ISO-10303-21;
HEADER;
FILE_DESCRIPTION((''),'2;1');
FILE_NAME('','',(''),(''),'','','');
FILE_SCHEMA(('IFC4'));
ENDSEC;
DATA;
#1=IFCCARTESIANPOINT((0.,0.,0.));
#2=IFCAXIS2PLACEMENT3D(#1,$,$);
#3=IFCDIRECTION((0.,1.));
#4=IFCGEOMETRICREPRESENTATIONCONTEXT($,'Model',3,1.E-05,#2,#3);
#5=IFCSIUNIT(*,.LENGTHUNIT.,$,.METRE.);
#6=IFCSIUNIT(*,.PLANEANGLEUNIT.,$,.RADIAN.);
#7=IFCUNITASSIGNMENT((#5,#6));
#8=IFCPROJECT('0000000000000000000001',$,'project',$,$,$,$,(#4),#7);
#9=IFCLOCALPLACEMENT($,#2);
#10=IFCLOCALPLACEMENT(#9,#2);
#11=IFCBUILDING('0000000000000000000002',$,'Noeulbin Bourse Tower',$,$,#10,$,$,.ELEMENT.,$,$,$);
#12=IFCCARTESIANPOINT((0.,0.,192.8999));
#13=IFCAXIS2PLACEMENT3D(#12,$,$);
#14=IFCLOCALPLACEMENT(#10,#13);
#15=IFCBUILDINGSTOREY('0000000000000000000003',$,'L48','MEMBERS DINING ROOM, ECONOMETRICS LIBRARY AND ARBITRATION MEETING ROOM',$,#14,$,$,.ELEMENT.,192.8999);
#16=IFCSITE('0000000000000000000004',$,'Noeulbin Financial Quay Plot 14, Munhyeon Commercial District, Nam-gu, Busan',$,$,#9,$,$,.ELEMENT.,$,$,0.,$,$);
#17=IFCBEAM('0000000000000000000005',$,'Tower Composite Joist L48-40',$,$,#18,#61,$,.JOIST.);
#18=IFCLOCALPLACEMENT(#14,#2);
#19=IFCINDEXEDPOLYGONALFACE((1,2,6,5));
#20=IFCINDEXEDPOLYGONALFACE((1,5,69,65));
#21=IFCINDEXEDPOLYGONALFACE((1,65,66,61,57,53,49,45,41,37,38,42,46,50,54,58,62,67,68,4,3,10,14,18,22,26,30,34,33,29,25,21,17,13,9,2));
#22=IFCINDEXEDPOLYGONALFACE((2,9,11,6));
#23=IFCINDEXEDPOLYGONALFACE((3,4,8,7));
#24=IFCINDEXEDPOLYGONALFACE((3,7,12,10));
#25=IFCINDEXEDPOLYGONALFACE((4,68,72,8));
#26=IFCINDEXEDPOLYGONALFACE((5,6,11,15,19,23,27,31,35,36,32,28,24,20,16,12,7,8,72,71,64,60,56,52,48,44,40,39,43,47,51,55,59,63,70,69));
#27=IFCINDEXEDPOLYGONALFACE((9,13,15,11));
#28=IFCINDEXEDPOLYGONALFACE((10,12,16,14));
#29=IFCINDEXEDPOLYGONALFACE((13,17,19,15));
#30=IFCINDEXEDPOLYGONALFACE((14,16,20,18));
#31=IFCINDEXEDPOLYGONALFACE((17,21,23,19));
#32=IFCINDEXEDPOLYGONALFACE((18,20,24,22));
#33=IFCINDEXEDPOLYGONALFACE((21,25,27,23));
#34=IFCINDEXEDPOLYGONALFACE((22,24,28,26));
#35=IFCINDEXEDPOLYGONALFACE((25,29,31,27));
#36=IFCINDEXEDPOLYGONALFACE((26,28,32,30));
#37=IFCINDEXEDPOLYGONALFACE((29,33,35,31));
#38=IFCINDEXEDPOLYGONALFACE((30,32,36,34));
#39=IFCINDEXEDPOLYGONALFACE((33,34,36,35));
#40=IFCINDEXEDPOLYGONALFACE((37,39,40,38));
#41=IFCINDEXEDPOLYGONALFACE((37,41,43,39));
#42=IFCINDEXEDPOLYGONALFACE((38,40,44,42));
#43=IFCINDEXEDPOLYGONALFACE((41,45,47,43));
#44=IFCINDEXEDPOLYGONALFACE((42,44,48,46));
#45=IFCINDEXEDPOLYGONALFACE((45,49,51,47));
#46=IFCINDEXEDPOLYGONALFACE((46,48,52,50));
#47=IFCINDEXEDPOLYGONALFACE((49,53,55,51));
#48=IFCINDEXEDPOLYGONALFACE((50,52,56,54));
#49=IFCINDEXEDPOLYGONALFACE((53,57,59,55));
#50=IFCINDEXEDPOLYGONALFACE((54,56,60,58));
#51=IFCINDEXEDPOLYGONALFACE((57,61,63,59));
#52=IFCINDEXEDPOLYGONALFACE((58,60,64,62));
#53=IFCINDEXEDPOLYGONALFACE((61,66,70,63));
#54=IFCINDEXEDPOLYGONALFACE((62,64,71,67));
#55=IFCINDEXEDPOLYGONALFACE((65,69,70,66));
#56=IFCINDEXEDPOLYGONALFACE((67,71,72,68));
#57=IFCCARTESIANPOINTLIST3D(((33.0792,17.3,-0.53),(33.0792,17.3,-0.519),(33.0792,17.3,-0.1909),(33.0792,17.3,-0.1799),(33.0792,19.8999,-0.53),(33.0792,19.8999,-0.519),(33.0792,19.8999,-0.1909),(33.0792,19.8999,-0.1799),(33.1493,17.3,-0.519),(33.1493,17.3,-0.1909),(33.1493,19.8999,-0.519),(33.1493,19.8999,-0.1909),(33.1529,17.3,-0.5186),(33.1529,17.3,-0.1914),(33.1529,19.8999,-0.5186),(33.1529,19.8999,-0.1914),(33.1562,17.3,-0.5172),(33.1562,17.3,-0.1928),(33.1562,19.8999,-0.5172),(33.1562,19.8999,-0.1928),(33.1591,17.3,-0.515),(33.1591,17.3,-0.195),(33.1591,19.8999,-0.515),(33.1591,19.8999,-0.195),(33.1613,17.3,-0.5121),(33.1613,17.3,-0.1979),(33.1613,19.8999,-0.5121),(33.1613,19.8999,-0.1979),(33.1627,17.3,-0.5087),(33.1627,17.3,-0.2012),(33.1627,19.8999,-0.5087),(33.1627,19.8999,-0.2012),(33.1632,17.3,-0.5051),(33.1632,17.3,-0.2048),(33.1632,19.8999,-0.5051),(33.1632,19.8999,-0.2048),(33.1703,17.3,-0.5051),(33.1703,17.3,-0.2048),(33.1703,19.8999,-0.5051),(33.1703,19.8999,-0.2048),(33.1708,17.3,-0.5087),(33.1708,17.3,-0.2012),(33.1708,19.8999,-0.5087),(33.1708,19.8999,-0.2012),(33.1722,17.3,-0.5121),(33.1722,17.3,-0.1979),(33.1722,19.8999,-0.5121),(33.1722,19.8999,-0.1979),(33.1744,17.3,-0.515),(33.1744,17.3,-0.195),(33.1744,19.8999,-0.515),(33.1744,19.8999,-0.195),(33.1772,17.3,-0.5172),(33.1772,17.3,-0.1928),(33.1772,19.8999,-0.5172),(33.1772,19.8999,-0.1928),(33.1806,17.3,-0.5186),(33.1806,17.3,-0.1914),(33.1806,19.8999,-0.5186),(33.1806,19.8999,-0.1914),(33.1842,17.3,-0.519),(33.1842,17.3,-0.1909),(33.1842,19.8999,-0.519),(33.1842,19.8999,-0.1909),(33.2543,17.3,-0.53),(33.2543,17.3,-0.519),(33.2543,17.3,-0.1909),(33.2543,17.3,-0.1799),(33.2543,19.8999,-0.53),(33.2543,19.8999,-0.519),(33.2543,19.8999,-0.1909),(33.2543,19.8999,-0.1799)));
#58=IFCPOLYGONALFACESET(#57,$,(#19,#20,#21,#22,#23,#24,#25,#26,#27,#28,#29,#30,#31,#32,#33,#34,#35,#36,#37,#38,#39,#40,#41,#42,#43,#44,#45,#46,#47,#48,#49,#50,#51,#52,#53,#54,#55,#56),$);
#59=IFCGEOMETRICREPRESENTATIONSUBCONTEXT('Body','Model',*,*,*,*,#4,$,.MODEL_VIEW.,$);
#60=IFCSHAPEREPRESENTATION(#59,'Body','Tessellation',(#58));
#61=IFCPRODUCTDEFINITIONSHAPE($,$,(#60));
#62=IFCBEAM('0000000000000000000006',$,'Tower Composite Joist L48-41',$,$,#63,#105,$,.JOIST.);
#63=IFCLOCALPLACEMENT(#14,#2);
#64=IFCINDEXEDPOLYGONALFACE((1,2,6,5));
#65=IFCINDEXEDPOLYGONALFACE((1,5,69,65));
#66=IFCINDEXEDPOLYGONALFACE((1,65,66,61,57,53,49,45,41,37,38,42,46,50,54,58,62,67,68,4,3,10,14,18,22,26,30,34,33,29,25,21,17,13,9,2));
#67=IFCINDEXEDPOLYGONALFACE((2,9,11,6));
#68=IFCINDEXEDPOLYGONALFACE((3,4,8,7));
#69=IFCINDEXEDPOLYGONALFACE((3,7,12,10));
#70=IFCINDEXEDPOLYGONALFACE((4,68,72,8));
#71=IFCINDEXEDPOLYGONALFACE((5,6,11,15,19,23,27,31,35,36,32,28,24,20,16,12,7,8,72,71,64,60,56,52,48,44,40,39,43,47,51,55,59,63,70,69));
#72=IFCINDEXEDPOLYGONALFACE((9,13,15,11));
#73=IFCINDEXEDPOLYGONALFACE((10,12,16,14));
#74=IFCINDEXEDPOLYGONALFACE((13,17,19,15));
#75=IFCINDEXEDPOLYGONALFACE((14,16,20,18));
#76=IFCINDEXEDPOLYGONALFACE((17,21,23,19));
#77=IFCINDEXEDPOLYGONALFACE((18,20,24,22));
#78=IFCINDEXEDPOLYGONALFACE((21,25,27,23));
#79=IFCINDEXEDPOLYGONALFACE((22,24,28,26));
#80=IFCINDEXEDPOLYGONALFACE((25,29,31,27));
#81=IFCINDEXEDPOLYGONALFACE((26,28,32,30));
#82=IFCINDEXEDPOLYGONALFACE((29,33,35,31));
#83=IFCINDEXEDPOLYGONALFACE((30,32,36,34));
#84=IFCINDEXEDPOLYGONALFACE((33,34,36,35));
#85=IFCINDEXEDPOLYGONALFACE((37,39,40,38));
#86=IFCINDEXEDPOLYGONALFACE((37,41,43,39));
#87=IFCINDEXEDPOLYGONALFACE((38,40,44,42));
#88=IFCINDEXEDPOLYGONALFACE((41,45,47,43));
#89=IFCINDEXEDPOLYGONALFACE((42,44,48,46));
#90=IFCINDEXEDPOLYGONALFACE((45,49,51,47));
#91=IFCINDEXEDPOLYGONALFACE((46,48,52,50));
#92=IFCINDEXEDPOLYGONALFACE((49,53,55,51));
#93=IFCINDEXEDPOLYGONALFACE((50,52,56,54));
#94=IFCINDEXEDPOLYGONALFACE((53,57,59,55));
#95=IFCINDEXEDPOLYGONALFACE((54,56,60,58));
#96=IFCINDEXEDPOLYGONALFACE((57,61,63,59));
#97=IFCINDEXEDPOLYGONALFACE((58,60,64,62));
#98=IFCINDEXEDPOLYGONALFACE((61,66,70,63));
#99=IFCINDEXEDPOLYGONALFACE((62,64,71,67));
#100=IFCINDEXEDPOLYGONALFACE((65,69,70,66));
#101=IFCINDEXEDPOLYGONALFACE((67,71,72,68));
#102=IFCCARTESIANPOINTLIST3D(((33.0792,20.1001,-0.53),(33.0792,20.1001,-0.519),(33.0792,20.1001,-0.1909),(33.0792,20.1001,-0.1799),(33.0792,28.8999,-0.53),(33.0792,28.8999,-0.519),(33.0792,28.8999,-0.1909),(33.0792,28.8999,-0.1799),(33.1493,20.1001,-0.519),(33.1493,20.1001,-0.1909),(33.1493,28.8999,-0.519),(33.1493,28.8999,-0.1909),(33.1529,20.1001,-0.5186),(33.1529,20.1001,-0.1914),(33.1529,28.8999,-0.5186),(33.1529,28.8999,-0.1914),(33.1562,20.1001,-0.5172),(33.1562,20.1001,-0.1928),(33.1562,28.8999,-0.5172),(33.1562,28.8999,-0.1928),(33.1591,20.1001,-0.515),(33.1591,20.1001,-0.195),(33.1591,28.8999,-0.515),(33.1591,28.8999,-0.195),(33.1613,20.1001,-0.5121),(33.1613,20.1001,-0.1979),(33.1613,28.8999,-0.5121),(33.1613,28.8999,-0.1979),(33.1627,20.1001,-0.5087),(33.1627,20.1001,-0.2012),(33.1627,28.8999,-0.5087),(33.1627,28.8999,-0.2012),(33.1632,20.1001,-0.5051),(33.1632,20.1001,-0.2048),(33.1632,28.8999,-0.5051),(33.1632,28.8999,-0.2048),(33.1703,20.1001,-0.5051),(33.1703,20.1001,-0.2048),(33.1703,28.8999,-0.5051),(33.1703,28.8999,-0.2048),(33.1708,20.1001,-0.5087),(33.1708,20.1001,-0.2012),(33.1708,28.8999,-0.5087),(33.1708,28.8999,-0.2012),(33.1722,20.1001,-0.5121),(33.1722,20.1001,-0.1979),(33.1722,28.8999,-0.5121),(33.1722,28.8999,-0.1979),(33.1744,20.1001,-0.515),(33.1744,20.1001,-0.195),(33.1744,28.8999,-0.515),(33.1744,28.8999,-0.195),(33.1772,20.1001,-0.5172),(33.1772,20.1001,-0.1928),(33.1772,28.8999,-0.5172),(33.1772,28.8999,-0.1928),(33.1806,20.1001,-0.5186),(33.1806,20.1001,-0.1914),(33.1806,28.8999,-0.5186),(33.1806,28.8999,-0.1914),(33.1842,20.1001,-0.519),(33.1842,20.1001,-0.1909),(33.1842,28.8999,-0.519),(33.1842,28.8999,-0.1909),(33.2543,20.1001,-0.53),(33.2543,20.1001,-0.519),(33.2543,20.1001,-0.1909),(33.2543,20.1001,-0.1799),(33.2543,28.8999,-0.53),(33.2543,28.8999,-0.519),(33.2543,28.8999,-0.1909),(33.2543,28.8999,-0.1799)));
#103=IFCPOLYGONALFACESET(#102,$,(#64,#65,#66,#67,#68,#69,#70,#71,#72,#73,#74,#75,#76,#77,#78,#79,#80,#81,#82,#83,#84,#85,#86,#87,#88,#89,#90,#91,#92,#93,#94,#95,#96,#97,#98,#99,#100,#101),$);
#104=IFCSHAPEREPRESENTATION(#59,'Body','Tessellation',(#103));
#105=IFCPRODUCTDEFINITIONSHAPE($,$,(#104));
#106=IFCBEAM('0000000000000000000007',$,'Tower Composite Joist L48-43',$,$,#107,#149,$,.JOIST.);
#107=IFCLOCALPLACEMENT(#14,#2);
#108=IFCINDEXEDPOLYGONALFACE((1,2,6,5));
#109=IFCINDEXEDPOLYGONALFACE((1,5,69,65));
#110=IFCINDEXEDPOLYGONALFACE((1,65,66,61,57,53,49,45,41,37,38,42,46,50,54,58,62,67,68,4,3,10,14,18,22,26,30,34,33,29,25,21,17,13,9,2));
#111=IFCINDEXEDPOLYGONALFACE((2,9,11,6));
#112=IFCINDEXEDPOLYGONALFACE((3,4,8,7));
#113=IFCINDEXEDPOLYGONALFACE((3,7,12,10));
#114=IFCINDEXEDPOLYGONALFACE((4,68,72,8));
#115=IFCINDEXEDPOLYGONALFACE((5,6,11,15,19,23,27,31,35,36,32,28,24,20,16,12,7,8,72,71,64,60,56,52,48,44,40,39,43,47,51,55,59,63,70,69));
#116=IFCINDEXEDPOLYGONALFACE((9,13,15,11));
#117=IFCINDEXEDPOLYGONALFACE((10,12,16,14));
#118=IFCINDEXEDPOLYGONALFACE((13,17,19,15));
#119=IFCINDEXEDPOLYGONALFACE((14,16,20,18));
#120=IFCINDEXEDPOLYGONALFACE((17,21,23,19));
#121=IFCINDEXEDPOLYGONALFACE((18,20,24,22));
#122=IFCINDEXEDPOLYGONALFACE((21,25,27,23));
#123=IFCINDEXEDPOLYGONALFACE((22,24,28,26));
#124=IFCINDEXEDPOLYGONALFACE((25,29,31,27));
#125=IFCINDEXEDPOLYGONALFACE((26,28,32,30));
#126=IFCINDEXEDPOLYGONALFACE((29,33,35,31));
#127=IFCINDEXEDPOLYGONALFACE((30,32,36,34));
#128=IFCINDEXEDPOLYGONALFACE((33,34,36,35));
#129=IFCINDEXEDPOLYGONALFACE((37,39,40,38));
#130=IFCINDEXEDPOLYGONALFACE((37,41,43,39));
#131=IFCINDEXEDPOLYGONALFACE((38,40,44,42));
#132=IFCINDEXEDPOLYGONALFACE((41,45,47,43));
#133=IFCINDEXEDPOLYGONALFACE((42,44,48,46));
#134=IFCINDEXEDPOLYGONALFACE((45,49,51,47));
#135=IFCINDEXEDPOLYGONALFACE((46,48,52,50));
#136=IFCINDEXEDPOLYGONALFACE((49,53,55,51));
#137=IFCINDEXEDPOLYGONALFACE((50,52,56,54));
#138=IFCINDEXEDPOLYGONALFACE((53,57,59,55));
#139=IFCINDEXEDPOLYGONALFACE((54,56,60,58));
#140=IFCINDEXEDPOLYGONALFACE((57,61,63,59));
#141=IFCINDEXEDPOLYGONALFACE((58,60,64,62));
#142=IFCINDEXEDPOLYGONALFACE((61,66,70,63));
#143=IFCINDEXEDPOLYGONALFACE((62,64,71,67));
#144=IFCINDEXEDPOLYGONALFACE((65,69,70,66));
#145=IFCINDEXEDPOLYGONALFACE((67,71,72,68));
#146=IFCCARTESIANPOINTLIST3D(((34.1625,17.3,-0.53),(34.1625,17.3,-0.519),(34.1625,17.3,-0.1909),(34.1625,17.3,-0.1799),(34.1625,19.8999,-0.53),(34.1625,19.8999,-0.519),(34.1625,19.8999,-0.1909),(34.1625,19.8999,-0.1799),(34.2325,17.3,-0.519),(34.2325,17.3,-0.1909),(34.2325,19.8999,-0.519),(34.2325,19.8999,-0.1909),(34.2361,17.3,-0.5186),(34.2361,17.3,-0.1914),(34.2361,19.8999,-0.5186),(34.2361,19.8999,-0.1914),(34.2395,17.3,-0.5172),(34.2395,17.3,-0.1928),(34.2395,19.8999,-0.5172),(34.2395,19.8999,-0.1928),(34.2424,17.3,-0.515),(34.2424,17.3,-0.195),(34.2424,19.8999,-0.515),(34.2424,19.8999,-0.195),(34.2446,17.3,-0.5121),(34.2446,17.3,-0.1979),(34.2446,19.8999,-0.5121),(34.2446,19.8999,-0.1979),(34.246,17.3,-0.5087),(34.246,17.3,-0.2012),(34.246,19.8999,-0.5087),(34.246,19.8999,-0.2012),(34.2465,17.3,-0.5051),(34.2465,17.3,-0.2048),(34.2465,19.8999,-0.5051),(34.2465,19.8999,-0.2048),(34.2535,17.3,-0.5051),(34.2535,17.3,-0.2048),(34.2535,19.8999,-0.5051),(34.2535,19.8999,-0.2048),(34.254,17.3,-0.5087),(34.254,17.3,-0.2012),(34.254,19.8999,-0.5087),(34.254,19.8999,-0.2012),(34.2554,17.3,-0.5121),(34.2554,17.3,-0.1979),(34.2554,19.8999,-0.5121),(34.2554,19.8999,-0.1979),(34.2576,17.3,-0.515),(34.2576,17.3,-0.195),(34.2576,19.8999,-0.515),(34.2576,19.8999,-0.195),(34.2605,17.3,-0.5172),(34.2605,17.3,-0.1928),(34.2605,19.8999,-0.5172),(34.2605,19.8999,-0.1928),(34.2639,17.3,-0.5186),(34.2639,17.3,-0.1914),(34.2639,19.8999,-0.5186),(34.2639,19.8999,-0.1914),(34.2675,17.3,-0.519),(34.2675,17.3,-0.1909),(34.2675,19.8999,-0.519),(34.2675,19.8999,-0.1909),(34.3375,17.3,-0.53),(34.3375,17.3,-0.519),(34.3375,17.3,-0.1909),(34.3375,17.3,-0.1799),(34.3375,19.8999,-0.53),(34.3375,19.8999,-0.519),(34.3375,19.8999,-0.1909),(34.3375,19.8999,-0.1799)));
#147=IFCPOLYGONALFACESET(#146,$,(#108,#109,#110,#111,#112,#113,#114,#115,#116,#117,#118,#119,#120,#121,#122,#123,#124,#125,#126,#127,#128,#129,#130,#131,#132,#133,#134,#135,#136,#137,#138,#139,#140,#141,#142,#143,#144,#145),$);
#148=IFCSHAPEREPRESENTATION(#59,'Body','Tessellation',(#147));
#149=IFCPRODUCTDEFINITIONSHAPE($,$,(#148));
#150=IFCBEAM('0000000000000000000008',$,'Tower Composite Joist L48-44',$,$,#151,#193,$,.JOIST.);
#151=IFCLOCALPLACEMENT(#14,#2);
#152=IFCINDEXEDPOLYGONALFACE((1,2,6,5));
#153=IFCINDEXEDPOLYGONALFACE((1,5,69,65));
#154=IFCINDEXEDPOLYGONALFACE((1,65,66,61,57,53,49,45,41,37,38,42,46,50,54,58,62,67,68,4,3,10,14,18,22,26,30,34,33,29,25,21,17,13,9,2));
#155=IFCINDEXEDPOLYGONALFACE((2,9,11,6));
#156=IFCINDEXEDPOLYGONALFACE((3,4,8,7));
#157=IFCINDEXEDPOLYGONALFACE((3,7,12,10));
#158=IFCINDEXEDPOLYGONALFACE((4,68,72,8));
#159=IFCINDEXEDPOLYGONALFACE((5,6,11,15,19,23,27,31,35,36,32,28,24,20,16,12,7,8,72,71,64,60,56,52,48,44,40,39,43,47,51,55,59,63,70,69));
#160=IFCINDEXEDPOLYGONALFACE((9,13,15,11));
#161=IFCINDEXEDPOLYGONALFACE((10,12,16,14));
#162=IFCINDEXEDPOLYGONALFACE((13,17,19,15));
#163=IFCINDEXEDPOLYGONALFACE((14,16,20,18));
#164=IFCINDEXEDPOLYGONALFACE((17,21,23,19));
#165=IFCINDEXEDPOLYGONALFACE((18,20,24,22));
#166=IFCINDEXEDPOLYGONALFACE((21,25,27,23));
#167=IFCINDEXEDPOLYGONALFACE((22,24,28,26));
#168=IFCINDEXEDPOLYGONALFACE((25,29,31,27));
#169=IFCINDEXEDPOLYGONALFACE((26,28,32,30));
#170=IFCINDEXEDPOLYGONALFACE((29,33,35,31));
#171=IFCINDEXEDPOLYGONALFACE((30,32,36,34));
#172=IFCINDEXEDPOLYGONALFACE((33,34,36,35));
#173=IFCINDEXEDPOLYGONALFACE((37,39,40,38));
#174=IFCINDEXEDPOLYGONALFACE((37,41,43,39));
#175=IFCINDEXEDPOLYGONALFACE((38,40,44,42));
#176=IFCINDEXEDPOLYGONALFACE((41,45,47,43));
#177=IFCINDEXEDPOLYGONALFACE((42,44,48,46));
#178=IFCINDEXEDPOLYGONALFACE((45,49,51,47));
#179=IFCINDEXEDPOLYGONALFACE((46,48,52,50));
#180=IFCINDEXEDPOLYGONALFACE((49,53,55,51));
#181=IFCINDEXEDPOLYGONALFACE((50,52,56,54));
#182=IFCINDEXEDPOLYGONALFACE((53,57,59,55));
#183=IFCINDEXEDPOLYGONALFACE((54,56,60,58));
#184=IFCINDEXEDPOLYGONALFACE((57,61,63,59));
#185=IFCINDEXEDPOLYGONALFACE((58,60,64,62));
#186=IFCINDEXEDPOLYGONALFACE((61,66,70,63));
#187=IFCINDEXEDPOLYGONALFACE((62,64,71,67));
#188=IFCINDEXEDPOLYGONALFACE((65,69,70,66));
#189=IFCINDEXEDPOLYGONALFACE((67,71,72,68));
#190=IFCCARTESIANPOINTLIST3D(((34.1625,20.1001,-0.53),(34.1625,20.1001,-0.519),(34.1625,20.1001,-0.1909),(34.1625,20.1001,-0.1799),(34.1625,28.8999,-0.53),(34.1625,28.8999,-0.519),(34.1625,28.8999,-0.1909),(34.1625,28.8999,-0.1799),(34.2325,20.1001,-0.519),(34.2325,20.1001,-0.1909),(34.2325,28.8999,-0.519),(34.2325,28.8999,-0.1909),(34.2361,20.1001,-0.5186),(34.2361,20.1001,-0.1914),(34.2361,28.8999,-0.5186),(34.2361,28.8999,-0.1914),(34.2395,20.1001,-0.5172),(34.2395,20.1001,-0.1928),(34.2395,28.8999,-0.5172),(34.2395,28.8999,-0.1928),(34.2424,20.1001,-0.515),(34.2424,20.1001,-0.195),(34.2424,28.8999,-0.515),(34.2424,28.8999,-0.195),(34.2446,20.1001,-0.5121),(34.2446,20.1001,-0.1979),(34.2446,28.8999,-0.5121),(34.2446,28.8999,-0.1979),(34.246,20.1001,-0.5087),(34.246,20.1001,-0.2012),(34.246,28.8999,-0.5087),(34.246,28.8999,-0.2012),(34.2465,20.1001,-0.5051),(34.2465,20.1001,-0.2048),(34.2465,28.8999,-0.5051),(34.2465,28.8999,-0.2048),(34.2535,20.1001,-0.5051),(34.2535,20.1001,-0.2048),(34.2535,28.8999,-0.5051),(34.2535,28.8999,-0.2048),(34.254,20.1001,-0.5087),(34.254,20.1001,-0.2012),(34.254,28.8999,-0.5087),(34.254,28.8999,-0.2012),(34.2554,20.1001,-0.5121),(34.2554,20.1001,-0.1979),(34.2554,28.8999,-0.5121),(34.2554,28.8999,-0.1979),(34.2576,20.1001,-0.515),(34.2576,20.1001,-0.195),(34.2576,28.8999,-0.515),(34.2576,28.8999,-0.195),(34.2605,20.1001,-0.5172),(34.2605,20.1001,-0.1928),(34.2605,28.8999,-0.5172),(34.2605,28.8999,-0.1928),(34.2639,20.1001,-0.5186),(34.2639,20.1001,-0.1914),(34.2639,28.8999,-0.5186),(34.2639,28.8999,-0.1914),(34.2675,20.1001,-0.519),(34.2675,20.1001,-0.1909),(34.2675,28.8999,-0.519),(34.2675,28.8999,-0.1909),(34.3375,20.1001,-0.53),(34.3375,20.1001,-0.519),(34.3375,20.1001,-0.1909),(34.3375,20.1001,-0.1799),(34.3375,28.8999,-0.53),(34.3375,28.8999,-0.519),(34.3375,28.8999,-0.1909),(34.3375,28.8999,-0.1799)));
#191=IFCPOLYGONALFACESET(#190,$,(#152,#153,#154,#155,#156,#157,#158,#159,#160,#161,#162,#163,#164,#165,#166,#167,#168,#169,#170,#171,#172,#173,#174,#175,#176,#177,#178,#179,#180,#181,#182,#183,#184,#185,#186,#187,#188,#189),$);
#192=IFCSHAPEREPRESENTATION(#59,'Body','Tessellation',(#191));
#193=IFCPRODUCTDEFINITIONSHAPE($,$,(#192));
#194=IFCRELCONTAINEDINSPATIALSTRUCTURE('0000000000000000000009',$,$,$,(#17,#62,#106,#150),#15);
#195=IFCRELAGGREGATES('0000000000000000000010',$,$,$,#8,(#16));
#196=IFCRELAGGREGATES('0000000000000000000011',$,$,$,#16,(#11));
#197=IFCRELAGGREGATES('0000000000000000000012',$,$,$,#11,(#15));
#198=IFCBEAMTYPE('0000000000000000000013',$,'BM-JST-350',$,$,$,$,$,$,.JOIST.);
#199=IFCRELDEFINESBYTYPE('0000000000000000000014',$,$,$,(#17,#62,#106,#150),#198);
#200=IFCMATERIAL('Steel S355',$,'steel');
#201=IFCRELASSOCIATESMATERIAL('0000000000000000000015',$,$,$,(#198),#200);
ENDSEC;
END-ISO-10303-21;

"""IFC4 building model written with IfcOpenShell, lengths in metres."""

from ifc_helpers import new_model, si_unit, direction, frame, origin, origin_2d, place, context, subcontext, project, spatial, i_section, extrude, material, material_profile, profile_set, type_object, element, save


model = new_model("IFC4")

# Units and contexts
model_context = context("Model", 3, precision=1e-05, world=origin(), true_north=direction((0.0, 1.0)))
body_context = subcontext(model_context, "Body", "Model", "MODEL_VIEW")
ifc_project = project(units=[si_unit("LENGTHUNIT", "METRE"), si_unit("PLANEANGLEUNIT", "RADIAN")], contexts=[model_context])

# Site, building, storey
site_placement = place(None, origin())
site = spatial("IfcSite", under=ifc_project, at=site_placement, Name="Noeulbin Financial Quay Plot 14, Munhyeon Commercial District, Nam-gu, Busan", CompositionType="ELEMENT", RefElevation=0.0)
building_placement = place(site_placement, origin())
building = spatial("IfcBuilding", under=site, at=building_placement, Name="Noeulbin Bourse Tower", CompositionType="ELEMENT")
storey_placement = place(building_placement, frame((0.0, 0.0, 192.8999)))
storey = spatial("IfcBuildingStorey", under=building, at=storey_placement, Name="L48", Description="MEMBERS DINING ROOM, ECONOMETRICS LIBRARY AND ARBITRATION MEETING ROOM", CompositionType="ELEMENT", Elevation=192.8999)

# Beams
ifc_material_1 = material(Name="Steel S355", Category="steel")
ifc_material_profile_1 = material_profile(ifc_material_1, i_section(OverallWidth=0.175, OverallDepth=0.3501, WebThickness=0.0071, FlangeThickness=0.011, FilletRadius=0.0139, at=origin_2d()), Name="H-350x175x7x11", Category="LoadBearing")
ifc_profile_set_1 = profile_set([ifc_material_profile_1], Name="Steel S355")
beam_type_1 = type_object("IfcBeamType", Name="BM-JST-350", PredefinedType="JOIST", material=ifc_profile_set_1)
beam_1_placement = place(storey_placement, frame((33.1667, 17.3, -0.355), z_axis=(0.0, 1.0, 0.0), x_axis=(-1.0, 0.0, 0.0)))
element("IfcBeam", 1, at=beam_1_placement, inside=storey, type_object=beam_type_1, Name="Tower Composite Joist L48-40", PredefinedType="JOIST", context=body_context, shape_type="SweptSolid", body=[
    extrude(i_section(OverallWidth=0.175, OverallDepth=0.3501, WebThickness=0.0071, FlangeThickness=0.011, FilletRadius=0.0139, at=origin_2d()), origin(), (0.0, 0.0, 1.0), 2.5999),
])
beam_2_placement = place(storey_placement, frame((33.1667, 20.1001, -0.355), z_axis=(0.0, 1.0, 0.0), x_axis=(-1.0, 0.0, 0.0)))
element("IfcBeam", 2, at=beam_2_placement, inside=storey, type_object=beam_type_1, Name="Tower Composite Joist L48-41", PredefinedType="JOIST", context=body_context, shape_type="SweptSolid", body=[
    extrude(i_section(OverallWidth=0.175, OverallDepth=0.3501, WebThickness=0.0071, FlangeThickness=0.011, FilletRadius=0.0139, at=origin_2d()), origin(), (0.0, 0.0, 1.0), 8.7998),
])
beam_3_placement = place(storey_placement, frame((34.25, 17.3, -0.355), z_axis=(0.0, 1.0, 0.0), x_axis=(-1.0, 0.0, 0.0)))
element("IfcBeam", 3, at=beam_3_placement, inside=storey, type_object=beam_type_1, Name="Tower Composite Joist L48-43", PredefinedType="JOIST", context=body_context, shape_type="SweptSolid", body=[
    extrude(i_section(OverallWidth=0.175, OverallDepth=0.3501, WebThickness=0.0071, FlangeThickness=0.011, FilletRadius=0.0139, at=origin_2d()), origin(), (0.0, 0.0, 1.0), 2.5999),
])
beam_4_placement = place(storey_placement, frame((34.25, 20.1001, -0.355), z_axis=(0.0, 1.0, 0.0), x_axis=(-1.0, 0.0, 0.0)))
element("IfcBeam", 4, at=beam_4_placement, inside=storey, type_object=beam_type_1, Name="Tower Composite Joist L48-44", PredefinedType="JOIST", context=body_context, shape_type="SweptSolid", body=[
    extrude(i_section(OverallWidth=0.175, OverallDepth=0.3501, WebThickness=0.0071, FlangeThickness=0.011, FilletRadius=0.0139, at=origin_2d()), origin(), (0.0, 0.0, 1.0), 8.7998),
])

save(model, "model.ifc")
